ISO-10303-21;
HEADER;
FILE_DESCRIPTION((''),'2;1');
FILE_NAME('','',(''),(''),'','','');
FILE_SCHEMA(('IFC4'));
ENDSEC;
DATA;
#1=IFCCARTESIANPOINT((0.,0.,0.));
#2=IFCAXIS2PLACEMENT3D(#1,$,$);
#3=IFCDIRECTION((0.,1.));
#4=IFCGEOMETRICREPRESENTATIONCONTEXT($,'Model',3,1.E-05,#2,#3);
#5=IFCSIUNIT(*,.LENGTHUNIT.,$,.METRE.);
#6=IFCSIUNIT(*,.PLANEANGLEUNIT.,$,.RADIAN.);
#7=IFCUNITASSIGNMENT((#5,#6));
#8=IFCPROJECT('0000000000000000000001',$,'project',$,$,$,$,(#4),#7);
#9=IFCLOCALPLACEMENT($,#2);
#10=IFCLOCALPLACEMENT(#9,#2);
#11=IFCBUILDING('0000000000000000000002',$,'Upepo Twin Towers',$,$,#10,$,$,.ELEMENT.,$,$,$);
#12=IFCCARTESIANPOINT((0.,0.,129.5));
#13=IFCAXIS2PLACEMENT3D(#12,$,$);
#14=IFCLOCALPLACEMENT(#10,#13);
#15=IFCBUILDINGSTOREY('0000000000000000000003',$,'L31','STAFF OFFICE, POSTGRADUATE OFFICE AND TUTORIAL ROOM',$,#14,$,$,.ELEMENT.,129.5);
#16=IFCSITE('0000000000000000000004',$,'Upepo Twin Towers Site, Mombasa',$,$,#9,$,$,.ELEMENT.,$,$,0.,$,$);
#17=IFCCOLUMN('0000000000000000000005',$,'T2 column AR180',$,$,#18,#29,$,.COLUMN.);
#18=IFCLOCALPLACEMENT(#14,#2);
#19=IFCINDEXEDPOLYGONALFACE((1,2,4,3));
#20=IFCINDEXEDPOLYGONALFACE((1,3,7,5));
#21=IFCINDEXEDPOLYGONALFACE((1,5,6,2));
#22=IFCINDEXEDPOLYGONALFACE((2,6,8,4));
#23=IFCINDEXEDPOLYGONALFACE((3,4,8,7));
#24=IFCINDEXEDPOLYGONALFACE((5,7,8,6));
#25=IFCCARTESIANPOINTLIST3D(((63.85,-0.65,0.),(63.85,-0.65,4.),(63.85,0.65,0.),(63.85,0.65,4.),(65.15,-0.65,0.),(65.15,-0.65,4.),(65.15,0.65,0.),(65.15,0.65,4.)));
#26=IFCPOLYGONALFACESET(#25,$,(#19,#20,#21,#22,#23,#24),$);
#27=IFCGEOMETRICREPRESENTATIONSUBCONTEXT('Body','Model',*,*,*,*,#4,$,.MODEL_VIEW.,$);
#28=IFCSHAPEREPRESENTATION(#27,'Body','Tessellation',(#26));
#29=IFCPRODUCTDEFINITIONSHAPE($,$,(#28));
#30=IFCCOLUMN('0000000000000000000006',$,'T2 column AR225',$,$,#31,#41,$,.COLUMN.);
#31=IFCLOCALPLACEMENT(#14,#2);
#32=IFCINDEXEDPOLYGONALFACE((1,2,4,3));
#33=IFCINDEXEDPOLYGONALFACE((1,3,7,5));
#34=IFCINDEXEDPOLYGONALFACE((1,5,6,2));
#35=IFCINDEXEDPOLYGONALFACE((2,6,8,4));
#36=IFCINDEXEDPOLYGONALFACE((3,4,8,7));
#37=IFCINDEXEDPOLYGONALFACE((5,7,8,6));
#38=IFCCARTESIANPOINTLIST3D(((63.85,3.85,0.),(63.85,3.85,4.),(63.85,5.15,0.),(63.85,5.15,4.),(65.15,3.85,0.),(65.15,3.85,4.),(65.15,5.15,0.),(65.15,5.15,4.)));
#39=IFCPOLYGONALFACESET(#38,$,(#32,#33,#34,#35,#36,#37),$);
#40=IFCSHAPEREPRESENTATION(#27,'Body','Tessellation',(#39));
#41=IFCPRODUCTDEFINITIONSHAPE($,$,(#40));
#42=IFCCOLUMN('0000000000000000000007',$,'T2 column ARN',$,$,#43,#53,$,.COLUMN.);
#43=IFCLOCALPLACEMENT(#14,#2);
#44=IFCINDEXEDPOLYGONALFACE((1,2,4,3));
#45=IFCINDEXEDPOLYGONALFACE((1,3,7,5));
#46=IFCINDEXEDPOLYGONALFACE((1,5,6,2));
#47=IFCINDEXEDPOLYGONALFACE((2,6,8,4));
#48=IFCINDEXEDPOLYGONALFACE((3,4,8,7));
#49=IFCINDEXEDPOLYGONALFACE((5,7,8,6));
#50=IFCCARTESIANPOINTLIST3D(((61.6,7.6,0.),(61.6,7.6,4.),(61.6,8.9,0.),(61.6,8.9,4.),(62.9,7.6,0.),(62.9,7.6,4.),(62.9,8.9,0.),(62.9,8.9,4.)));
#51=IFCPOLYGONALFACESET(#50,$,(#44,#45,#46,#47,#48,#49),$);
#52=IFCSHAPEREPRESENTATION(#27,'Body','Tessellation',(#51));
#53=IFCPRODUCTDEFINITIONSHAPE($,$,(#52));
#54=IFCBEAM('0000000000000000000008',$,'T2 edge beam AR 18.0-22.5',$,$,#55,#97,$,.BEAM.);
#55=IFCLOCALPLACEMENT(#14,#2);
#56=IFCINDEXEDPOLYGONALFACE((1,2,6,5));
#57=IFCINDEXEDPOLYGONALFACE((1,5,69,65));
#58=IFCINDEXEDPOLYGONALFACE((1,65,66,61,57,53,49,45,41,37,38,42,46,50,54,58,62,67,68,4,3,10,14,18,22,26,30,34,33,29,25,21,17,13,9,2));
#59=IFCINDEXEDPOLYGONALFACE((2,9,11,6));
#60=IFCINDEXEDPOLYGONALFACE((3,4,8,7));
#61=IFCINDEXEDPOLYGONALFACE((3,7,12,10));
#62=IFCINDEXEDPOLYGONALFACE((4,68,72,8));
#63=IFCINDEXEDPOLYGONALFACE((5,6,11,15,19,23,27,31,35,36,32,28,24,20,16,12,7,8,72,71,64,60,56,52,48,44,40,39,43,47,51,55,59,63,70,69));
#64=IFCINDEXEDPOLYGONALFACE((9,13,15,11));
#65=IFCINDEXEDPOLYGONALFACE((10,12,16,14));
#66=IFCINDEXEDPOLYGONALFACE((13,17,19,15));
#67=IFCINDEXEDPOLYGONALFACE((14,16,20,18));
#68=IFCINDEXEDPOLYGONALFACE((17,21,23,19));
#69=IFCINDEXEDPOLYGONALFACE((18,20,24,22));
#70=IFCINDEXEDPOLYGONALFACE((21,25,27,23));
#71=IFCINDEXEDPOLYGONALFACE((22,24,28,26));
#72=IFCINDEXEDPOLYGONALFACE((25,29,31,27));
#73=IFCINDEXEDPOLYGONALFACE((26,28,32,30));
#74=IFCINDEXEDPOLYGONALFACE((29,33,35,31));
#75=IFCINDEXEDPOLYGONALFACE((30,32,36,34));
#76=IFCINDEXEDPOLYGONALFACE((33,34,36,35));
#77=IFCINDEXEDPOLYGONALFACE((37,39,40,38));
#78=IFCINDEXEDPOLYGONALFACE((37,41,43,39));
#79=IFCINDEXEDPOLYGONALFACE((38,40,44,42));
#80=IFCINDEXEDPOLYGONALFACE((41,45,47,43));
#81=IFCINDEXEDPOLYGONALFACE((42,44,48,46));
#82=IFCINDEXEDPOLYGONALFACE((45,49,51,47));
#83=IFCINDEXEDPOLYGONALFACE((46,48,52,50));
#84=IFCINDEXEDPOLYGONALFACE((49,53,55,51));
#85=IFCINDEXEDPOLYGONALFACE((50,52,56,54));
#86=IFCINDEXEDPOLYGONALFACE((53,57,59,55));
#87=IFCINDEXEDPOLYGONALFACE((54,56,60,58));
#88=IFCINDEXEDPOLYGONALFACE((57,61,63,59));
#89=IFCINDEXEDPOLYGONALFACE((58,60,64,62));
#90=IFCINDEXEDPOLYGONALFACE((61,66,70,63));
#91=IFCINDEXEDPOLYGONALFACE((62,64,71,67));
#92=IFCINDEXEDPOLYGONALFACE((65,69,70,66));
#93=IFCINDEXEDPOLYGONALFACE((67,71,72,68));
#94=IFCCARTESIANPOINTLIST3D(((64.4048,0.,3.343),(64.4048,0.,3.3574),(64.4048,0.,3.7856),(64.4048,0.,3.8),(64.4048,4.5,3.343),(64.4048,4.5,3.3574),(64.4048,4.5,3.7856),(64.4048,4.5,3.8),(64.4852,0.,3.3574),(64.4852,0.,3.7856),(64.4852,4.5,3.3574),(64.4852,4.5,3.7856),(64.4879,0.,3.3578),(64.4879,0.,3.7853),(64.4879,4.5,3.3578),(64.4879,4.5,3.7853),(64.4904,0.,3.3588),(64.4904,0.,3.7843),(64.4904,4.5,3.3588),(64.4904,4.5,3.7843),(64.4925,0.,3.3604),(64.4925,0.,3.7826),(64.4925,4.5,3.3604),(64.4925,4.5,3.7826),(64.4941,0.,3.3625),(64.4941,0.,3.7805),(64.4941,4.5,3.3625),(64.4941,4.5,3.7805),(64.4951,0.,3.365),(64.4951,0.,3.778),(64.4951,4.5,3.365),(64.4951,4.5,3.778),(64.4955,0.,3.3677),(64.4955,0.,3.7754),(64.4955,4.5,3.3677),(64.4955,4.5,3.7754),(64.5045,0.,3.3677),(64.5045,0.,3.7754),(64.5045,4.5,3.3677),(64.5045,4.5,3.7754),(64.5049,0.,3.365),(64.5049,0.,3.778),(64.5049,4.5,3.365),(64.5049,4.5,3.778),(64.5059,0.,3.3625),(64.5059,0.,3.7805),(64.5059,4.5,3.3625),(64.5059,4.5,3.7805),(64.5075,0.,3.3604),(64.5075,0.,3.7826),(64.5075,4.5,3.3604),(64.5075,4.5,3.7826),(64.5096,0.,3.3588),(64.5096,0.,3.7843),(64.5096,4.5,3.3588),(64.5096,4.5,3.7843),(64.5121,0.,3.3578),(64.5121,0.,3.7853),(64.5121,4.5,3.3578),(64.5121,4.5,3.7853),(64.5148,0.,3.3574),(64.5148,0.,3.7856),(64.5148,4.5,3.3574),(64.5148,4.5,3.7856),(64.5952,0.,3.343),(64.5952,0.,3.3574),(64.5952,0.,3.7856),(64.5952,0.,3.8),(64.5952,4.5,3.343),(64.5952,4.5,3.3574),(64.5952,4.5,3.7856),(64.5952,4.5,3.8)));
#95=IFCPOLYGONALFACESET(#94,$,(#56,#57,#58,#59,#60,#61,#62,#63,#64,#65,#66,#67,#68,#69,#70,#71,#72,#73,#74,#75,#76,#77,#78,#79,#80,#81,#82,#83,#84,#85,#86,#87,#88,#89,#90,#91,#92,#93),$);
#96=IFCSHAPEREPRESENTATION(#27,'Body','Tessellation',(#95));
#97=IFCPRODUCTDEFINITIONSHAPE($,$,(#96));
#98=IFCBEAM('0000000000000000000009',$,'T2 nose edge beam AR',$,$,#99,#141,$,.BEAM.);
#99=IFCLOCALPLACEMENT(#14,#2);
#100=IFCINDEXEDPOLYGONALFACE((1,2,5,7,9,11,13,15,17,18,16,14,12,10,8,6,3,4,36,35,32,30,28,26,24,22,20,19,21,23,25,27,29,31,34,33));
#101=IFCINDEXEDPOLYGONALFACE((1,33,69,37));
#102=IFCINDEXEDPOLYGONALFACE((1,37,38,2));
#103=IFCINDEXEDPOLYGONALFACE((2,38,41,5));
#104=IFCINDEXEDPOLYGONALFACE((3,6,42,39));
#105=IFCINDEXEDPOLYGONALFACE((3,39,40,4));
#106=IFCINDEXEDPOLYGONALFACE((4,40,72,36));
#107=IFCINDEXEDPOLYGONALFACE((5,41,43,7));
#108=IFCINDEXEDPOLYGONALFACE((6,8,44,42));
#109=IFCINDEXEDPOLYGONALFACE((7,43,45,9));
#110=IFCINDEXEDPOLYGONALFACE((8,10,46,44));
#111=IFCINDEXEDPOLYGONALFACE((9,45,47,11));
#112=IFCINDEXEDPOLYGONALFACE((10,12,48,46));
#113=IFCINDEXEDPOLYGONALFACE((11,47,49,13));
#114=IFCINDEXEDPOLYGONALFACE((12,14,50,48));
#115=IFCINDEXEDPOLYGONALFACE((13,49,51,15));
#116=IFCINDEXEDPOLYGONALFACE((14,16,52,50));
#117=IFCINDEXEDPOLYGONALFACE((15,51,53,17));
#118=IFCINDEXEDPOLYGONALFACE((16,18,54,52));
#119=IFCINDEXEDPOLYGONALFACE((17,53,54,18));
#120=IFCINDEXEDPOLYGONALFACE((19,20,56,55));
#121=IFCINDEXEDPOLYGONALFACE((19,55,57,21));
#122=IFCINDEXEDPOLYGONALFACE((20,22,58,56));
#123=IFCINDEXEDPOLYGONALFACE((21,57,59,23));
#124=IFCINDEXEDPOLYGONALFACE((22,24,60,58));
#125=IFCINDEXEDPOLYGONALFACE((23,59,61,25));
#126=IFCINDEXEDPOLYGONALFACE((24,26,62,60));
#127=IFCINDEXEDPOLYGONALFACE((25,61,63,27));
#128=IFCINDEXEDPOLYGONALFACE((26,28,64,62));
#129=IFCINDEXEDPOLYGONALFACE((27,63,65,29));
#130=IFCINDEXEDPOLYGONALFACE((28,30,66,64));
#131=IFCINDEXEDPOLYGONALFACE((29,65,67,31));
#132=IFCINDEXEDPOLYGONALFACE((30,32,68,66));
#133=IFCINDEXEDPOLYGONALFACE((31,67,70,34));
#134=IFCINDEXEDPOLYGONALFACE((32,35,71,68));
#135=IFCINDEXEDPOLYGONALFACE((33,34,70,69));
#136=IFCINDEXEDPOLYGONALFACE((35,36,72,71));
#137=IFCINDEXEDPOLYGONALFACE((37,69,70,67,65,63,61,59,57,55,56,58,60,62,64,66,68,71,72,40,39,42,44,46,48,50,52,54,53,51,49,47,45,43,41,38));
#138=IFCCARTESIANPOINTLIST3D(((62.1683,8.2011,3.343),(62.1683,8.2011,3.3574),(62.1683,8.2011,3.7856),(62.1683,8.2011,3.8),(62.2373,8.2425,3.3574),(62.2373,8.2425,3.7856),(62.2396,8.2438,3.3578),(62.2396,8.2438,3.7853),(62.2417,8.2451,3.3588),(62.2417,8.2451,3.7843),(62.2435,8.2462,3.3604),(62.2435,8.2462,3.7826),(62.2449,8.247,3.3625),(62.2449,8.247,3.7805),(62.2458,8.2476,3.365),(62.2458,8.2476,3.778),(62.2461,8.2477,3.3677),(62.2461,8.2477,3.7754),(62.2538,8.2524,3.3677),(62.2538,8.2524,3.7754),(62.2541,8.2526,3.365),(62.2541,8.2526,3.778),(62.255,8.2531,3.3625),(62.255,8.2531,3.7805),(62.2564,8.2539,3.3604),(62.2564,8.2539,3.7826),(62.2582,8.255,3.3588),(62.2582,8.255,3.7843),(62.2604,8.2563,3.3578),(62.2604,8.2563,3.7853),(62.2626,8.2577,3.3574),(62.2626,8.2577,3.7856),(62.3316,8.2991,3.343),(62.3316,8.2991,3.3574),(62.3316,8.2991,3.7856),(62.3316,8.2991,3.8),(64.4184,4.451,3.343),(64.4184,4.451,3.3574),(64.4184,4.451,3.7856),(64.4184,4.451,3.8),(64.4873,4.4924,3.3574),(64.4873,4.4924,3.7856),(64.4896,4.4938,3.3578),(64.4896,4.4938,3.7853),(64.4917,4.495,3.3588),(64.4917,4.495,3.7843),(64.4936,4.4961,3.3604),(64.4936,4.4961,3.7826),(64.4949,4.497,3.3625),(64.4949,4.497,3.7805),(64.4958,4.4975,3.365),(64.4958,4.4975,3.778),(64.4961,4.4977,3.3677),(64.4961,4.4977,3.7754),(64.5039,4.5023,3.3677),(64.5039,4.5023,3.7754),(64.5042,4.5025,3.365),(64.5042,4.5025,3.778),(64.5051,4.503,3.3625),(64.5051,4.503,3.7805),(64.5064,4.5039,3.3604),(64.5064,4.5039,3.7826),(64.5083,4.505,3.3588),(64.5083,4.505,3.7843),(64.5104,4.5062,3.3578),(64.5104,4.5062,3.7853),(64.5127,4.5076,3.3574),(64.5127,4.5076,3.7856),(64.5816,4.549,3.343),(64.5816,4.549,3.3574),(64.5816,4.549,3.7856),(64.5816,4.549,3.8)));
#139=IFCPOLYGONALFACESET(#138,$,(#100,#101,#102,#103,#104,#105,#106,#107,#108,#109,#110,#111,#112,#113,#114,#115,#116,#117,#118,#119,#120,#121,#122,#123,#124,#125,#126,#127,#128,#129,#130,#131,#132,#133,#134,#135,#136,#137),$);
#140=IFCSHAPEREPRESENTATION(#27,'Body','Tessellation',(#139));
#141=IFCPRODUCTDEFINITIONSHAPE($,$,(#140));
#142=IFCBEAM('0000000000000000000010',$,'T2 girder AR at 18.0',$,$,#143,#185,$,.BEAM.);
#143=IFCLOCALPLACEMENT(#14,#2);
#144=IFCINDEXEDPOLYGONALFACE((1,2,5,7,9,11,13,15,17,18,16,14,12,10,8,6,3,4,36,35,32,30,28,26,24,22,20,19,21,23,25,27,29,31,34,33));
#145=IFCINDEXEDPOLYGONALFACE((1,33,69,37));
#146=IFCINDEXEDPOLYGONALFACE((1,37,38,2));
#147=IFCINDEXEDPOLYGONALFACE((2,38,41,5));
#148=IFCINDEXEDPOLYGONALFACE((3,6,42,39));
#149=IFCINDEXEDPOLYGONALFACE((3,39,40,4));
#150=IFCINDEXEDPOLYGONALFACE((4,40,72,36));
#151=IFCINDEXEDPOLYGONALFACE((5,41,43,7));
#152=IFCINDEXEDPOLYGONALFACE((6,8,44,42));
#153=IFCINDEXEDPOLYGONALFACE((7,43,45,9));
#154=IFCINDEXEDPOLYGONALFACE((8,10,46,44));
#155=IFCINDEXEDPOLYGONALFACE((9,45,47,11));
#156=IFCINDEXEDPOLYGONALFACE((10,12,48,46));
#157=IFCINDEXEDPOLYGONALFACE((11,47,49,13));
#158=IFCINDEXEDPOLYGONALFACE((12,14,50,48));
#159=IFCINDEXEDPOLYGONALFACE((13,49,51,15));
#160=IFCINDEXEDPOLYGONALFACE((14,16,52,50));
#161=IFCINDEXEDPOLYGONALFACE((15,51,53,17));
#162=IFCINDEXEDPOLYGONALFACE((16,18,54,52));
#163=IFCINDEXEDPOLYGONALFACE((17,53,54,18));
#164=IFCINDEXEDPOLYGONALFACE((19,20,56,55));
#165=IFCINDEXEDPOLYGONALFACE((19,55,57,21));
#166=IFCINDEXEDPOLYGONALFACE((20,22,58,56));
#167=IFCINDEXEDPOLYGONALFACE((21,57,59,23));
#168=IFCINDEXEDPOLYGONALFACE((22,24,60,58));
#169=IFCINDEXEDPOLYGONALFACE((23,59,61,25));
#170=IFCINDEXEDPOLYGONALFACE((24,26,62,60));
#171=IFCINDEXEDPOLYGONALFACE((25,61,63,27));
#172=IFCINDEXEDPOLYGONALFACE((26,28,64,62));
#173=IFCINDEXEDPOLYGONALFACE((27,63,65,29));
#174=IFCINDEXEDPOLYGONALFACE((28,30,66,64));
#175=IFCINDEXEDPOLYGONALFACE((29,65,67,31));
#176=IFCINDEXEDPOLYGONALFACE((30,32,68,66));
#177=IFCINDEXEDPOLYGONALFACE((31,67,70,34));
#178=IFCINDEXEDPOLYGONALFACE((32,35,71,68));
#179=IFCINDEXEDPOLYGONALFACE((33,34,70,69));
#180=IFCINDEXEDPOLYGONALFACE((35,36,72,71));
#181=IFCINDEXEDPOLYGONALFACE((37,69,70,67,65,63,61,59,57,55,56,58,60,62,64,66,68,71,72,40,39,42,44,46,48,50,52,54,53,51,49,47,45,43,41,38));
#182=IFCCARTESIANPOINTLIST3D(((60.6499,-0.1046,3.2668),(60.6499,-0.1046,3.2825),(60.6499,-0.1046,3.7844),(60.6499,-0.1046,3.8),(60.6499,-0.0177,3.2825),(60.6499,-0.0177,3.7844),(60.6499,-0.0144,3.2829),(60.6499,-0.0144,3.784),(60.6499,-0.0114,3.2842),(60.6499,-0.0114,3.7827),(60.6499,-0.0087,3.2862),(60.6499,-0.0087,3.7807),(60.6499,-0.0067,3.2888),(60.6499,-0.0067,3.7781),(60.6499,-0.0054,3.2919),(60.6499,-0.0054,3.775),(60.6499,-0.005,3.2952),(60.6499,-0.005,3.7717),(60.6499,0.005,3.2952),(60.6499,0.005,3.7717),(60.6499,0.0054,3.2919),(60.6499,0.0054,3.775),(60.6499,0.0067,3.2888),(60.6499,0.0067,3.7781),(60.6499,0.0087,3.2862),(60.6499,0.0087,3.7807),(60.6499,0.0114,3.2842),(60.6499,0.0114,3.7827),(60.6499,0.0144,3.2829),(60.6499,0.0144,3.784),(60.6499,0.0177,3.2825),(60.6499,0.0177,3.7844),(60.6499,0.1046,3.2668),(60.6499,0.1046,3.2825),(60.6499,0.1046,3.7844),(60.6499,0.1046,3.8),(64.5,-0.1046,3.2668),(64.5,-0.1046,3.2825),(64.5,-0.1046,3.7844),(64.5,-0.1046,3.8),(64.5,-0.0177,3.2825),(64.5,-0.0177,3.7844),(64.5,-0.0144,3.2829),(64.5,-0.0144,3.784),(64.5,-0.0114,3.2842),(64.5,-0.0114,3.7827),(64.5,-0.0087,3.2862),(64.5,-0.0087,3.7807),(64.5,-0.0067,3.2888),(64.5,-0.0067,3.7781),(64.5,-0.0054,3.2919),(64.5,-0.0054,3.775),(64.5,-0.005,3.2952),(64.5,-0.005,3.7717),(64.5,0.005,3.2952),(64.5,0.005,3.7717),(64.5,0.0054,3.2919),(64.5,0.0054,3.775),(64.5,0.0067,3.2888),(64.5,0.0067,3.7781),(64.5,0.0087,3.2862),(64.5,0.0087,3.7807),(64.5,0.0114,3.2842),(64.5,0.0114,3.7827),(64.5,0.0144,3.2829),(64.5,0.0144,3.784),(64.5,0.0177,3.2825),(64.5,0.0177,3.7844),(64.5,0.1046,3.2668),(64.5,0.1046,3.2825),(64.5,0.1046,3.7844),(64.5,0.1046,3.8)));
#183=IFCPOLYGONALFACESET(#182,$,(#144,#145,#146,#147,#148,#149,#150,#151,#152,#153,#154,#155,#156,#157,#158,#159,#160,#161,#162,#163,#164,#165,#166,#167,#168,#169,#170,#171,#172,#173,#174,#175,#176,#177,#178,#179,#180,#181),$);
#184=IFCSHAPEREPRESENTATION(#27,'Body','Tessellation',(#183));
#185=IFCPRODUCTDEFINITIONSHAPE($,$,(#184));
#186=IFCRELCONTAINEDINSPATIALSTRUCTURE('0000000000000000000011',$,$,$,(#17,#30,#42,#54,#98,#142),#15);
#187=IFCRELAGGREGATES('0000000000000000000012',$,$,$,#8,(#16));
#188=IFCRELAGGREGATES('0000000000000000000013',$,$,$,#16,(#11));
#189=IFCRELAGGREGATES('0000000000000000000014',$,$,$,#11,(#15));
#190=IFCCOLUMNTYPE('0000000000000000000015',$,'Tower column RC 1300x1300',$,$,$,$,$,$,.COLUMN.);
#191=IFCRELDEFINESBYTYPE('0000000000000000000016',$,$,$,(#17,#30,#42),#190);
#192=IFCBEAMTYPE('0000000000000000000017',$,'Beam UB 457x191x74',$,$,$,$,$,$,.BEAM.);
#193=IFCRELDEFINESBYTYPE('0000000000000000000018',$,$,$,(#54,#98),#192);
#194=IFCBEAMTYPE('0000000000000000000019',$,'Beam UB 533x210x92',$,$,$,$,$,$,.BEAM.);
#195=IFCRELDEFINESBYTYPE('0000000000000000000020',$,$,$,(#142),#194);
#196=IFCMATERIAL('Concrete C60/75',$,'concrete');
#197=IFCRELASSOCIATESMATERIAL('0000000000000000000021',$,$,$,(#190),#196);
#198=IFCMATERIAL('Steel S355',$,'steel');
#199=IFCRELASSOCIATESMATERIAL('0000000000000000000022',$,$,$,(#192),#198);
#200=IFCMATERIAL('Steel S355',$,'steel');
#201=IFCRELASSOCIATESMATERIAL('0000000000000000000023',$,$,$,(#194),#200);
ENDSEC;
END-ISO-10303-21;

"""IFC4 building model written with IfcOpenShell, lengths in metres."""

from ifc_helpers import new_model, si_unit, direction, frame, origin, origin_2d, place, context, subcontext, project, spatial, rectangle, i_section, extrude, material, material_profile, profile_set, type_object, element, save


model = new_model("IFC4")

# Units and contexts
model_context = context("Model", 3, precision=1e-05, world=origin(), true_north=direction((0.0, 1.0)))
body_context = subcontext(model_context, "Body", "Model", "MODEL_VIEW")
ifc_project = project(units=[si_unit("LENGTHUNIT", "METRE"), si_unit("PLANEANGLEUNIT", "RADIAN")], contexts=[model_context])

# Site, building, storey
site_placement = place(None, origin())
site = spatial("IfcSite", under=ifc_project, at=site_placement, Name="Upepo Twin Towers Site, Mombasa", CompositionType="ELEMENT", RefElevation=0.0)
building_placement = place(site_placement, origin())
building = spatial("IfcBuilding", under=site, at=building_placement, Name="Upepo Twin Towers", CompositionType="ELEMENT")
storey_placement = place(building_placement, frame((0.0, 0.0, 129.5)))
storey = spatial("IfcBuildingStorey", under=building, at=storey_placement, Name="L31", Description="STAFF OFFICE, POSTGRADUATE OFFICE AND TUTORIAL ROOM", CompositionType="ELEMENT", Elevation=129.5)

# Columns
ifc_material_1 = material(Name="Concrete C60/75", Category="concrete")
ifc_material_profile_1 = material_profile(ifc_material_1, rectangle(XDim=1.3, YDim=1.3, at=origin_2d()), Name="RC 1300x1300")
ifc_profile_set_1 = profile_set([ifc_material_profile_1], Name="Concrete C60/75")
column_type = type_object("IfcColumnType", Name="Tower column RC 1300x1300", PredefinedType="COLUMN", material=ifc_profile_set_1)
for number, where, z_axis, x_axis, name in (
    (1, (64.5, 0.0, 0.0), (0.0, 0.0, 1.0), (1.0, 0.0, 0.0), "T2 column AR180"),
    (2, (64.5, 4.5, 0.0), (0.0, 0.0, 1.0), (1.0, 0.0, 0.0), "T2 column AR225"),
    (3, (62.25, 8.25, 0.0), (0.0, 0.0, 1.0), (1.0, 0.0, 0.0), "T2 column ARN"),
):
    element("IfcColumn", number, at=place(storey_placement, frame(where, z_axis=z_axis, x_axis=x_axis)), inside=storey, type_object=column_type, Name=name, PredefinedType="COLUMN", context=body_context, shape_type="SweptSolid", body=[
        extrude(rectangle(XDim=1.3, YDim=1.3, at=origin_2d()), origin(), (0.0, 0.0, 1.0), 4.0),
    ])

# Beams
ifc_material_2 = material(Name="Steel S355", Category="steel")
ifc_material_profile_2 = material_profile(ifc_material_2, i_section(OverallWidth=0.1904, OverallDepth=0.457, WebThickness=0.009, FlangeThickness=0.0144, FilletRadius=0.0103, at=origin_2d()), Name="UB 457x191x74")
ifc_profile_set_2 = profile_set([ifc_material_profile_2], Name="Steel S355")
beam_type_1 = type_object("IfcBeamType", Name="Beam UB 457x191x74", PredefinedType="BEAM", material=ifc_profile_set_2)
beam_1_placement = place(storey_placement, frame((64.5, 0.0, 3.5715), z_axis=(0.0, 1.0, 0.0), x_axis=(-1.0, 0.0, 0.0)))
element("IfcBeam", 4, at=beam_1_placement, inside=storey, type_object=beam_type_1, Name="T2 edge beam AR 18.0-22.5", PredefinedType="BEAM", context=body_context, shape_type="SweptSolid", body=[
    extrude(i_section(OverallWidth=0.1904, OverallDepth=0.457, WebThickness=0.009, FlangeThickness=0.0144, FilletRadius=0.0103, at=origin_2d()), origin(), (0.0, 0.0, 1.0), 4.5),
])
beam_2_placement = place(storey_placement, frame((64.5, 4.5, 3.5715), z_axis=(-0.514496, 0.857493, 0.0), x_axis=(-0.857493, -0.514496, 0.0)))
element("IfcBeam", 5, at=beam_2_placement, inside=storey, type_object=beam_type_1, Name="T2 nose edge beam AR", PredefinedType="BEAM", context=body_context, shape_type="SweptSolid", body=[
    extrude(i_section(OverallWidth=0.1904, OverallDepth=0.457, WebThickness=0.009, FlangeThickness=0.0144, FilletRadius=0.0103, at=origin_2d()), origin(), (0.0, 0.0, 1.0), 4.3733),
])
ifc_material_3 = material(Name="Steel S355", Category="steel")
ifc_material_profile_3 = material_profile(ifc_material_3, i_section(OverallWidth=0.2092, OverallDepth=0.5332, WebThickness=0.01, FlangeThickness=0.0156, FilletRadius=0.0127, at=origin_2d()), Name="UB 533x210x92")
ifc_profile_set_3 = profile_set([ifc_material_profile_3], Name="Steel S355")
beam_type_2 = type_object("IfcBeamType", Name="Beam UB 533x210x92", PredefinedType="BEAM", material=ifc_profile_set_3)
for number, where, z_axis, x_axis, name in (
    (6, (64.5, 0.0, 3.5334), (-1.0, 0.0, 0.0), (0.0, -1.0, 0.0), "T2 girder AR at 18.0"),
):
    element("IfcBeam", number, at=place(storey_placement, frame(where, z_axis=z_axis, x_axis=x_axis)), inside=storey, type_object=beam_type_2, Name=name, PredefinedType="BEAM", context=body_context, shape_type="SweptSolid", body=[
        extrude(i_section(OverallWidth=0.2092, OverallDepth=0.5332, WebThickness=0.01, FlangeThickness=0.0156, FilletRadius=0.0127, at=origin_2d()), origin(), (0.0, 0.0, 1.0), 3.8501),
    ])

save(model, "model.ifc")
